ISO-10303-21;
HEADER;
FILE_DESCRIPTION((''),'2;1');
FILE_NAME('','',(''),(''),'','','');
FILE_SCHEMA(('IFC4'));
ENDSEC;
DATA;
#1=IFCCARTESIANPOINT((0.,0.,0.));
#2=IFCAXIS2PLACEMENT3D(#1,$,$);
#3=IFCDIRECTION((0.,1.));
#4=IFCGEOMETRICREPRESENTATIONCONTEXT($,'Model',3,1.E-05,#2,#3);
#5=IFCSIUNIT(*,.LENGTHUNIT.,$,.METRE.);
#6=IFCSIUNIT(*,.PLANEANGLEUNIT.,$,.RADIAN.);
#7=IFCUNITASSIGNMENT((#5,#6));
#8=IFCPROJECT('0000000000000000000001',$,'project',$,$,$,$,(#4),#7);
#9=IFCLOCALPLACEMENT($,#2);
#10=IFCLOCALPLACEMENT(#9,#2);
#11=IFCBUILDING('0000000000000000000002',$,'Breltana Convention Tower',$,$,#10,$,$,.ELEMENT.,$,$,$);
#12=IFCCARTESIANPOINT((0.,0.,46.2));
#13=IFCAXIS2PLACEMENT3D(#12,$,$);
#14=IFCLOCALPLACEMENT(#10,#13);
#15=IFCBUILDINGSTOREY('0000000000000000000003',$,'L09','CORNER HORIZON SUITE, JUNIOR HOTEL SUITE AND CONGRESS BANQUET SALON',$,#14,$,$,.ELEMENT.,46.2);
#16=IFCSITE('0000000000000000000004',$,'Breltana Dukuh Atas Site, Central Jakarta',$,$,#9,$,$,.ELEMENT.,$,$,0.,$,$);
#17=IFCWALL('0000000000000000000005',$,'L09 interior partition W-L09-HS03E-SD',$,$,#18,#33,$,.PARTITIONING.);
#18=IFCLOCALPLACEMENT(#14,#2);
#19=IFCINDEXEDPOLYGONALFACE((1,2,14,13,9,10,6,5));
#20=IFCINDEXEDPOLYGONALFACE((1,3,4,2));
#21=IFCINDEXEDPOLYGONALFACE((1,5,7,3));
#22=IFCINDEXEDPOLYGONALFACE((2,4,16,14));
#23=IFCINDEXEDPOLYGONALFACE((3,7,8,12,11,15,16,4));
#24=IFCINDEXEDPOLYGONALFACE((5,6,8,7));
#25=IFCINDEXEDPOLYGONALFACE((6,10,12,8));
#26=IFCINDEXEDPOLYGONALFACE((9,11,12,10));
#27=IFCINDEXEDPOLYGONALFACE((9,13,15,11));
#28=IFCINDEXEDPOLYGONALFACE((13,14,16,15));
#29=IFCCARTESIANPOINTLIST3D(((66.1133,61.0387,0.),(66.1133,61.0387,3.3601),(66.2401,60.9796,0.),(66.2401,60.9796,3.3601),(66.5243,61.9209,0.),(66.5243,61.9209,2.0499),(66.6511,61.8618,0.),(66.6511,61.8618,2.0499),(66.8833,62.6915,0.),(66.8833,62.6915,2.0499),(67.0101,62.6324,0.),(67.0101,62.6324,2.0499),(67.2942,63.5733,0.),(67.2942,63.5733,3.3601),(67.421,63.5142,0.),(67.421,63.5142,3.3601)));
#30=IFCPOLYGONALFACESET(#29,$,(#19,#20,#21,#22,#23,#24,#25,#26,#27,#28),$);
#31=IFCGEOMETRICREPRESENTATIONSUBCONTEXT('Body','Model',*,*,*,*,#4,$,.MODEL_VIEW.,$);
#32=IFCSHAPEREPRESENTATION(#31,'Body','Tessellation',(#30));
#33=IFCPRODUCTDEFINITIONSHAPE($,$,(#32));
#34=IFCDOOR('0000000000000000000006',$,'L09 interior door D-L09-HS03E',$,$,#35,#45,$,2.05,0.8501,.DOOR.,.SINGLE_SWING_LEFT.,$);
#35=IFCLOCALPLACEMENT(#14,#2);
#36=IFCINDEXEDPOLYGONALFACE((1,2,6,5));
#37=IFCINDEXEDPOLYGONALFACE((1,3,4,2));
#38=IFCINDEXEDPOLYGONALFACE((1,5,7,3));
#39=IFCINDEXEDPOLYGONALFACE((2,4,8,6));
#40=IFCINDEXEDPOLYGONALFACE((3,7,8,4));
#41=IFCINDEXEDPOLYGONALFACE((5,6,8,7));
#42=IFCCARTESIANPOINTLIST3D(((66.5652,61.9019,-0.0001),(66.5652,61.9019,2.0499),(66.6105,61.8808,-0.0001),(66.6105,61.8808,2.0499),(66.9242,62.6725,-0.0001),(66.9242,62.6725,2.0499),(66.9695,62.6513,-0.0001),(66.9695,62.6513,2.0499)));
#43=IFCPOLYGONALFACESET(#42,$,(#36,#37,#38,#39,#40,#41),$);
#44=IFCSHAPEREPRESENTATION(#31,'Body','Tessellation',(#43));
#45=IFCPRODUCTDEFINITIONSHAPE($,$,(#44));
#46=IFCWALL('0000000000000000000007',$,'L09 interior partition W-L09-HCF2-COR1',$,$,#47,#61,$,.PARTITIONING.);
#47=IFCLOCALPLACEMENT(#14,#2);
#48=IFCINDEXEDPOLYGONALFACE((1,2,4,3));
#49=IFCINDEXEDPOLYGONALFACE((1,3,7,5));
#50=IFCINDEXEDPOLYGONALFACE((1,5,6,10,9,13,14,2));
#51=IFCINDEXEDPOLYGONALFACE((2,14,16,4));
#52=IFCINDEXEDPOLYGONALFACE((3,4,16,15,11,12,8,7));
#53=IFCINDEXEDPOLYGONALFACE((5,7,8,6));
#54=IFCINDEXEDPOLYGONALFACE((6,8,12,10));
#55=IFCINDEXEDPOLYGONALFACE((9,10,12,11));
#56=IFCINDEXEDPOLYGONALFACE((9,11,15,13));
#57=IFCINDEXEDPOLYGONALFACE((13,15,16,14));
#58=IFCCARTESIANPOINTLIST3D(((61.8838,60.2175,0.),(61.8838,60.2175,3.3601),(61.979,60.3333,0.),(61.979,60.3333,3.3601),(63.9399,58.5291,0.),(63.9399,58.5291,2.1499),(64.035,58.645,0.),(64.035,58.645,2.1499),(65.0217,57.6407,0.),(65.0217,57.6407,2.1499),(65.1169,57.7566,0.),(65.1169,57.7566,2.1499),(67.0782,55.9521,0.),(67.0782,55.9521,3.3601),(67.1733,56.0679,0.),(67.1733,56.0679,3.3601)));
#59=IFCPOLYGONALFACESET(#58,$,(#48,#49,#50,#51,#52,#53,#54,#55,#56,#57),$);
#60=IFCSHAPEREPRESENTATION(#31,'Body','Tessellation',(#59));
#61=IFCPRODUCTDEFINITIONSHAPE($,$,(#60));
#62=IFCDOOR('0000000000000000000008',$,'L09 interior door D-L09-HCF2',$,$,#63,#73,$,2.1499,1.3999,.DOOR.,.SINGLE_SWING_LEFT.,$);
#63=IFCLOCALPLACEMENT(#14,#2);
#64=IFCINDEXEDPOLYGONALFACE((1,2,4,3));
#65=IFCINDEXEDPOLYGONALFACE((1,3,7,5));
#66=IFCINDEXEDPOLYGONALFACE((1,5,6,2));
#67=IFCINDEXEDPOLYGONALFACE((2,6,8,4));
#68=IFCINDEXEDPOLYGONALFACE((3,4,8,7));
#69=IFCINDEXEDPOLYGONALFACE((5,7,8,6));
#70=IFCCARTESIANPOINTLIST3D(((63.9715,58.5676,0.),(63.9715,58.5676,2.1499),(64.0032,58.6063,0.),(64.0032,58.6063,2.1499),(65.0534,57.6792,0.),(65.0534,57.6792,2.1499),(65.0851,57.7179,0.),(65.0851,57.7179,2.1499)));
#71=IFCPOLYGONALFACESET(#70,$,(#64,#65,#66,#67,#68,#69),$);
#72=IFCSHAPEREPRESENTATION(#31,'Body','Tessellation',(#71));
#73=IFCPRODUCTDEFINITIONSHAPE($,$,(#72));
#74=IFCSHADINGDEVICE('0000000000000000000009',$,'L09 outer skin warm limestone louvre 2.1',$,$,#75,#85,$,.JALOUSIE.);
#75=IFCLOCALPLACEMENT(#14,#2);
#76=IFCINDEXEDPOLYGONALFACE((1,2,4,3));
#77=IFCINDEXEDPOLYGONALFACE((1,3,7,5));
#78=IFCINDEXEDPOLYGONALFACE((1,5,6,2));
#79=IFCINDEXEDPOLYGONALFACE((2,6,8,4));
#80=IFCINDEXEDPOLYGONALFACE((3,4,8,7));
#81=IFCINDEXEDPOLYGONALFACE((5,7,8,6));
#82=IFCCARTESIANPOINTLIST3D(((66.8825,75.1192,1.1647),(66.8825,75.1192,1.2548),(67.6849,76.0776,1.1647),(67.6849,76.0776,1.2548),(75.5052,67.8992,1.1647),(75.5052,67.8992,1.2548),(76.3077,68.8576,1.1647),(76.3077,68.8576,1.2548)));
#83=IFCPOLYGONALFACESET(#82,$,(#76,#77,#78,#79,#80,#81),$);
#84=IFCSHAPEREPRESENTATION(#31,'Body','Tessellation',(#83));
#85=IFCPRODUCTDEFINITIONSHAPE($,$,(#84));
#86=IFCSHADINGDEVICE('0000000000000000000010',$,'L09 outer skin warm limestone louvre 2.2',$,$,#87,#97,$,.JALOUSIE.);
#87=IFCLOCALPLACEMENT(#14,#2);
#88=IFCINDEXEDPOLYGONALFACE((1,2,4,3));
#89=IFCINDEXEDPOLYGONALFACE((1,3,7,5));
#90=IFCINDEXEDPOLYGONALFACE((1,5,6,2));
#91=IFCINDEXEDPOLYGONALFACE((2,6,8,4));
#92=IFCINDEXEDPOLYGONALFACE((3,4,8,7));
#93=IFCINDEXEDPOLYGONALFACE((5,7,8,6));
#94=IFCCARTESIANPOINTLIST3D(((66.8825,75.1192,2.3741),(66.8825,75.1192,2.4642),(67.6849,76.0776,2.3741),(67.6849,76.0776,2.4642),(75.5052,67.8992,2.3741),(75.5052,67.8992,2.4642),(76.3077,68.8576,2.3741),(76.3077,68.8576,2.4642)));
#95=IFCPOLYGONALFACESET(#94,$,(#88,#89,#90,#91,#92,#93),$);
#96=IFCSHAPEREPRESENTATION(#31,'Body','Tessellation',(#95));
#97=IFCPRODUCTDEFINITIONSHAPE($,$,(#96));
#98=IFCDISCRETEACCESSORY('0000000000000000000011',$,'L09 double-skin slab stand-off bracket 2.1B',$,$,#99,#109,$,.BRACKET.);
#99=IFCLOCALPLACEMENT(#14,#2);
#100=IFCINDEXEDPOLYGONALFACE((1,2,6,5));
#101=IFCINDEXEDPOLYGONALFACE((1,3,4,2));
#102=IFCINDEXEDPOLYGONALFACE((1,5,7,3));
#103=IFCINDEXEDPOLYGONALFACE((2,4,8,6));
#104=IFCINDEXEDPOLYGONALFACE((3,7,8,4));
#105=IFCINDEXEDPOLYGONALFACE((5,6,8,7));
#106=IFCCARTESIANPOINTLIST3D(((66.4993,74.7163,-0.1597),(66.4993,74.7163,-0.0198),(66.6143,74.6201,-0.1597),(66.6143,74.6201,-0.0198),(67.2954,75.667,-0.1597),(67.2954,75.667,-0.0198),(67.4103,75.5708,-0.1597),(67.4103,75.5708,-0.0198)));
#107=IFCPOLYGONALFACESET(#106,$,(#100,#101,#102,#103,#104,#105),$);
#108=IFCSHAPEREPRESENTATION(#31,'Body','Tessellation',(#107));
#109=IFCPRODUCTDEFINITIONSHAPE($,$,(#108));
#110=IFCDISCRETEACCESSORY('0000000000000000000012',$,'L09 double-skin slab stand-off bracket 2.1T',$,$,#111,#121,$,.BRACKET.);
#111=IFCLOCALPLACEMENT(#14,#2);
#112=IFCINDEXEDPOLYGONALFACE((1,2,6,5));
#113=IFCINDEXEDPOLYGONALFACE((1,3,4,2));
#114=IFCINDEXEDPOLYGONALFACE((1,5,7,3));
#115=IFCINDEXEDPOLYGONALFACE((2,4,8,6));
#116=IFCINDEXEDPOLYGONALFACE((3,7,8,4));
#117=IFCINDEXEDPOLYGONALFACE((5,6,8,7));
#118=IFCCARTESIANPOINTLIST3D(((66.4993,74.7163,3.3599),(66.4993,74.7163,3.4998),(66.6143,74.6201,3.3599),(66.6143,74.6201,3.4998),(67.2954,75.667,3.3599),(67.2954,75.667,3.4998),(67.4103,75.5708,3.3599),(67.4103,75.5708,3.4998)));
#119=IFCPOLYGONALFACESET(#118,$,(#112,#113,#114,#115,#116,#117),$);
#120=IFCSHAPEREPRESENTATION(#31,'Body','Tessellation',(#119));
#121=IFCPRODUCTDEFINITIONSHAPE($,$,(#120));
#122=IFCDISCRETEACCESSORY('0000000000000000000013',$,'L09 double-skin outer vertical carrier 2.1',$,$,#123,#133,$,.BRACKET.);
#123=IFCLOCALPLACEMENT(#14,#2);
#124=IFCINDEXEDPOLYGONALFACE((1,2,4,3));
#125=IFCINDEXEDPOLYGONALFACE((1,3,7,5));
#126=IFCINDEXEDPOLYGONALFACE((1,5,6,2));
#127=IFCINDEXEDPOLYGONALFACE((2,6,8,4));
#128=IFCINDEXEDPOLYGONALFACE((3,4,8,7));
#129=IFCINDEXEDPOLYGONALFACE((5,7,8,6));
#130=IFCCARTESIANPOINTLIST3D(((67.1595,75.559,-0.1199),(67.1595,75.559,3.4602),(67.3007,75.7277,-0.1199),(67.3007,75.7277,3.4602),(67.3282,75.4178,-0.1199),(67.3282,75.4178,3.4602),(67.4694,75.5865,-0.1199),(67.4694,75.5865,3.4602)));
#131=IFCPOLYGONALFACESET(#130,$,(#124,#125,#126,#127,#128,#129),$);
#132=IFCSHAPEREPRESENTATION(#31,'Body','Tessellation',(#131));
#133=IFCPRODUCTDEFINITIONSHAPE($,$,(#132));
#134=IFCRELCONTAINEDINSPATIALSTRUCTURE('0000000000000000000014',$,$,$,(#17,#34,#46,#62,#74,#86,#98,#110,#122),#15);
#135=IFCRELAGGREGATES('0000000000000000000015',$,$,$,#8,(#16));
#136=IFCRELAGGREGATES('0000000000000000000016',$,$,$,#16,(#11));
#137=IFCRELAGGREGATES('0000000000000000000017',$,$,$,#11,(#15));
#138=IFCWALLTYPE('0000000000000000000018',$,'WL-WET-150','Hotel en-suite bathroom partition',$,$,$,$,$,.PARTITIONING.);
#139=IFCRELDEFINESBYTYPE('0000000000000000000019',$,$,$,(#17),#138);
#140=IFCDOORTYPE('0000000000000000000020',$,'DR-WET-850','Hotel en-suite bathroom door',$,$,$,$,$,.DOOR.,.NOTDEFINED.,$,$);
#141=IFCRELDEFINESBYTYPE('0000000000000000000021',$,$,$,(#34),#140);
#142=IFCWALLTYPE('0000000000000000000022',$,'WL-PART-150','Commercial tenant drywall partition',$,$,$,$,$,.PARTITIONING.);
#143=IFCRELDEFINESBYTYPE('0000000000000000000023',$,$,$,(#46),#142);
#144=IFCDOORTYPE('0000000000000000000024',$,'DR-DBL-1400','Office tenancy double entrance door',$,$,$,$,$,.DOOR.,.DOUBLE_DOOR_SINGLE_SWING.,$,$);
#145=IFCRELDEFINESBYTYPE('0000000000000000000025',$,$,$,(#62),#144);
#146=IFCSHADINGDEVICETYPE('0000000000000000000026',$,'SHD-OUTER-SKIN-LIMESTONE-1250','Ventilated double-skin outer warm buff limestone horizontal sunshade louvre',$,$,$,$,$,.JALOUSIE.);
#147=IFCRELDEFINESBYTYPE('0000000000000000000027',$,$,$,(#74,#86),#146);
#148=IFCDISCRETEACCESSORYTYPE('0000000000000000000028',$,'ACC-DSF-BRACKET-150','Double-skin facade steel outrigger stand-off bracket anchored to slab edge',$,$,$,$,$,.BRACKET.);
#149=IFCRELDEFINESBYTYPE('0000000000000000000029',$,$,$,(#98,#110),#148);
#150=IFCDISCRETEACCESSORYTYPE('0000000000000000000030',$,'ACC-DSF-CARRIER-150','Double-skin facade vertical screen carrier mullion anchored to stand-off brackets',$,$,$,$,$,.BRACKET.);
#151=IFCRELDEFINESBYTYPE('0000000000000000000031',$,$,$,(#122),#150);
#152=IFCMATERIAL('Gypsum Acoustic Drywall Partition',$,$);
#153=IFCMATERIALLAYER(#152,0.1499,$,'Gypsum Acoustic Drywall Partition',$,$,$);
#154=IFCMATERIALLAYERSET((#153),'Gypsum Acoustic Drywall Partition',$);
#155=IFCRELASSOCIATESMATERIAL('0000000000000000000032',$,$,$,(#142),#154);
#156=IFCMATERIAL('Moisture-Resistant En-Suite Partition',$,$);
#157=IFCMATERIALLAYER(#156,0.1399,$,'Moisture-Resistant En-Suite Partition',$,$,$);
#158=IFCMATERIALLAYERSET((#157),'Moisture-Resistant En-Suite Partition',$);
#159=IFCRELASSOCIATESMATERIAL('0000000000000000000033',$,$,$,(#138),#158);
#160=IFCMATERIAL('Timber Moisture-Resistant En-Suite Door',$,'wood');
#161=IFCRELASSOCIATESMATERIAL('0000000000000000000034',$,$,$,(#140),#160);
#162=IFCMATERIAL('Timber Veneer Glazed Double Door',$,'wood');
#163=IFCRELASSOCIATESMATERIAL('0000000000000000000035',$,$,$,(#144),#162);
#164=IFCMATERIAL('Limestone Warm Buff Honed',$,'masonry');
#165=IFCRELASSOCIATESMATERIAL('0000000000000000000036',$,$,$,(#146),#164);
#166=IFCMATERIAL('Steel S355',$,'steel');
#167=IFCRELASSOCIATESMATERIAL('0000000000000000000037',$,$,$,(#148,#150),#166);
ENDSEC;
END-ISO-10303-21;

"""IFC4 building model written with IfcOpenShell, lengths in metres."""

from ifc_helpers import new_model, si_unit, direction, frame, frame_2d, origin, origin_2d, place, context, subcontext, project, spatial, rectangle, extrude, source, transform, mapped, material, layer, layer_set, material_profile, profile_set, type_object, type_shapes, element, fill, save


model = new_model("IFC4")

# Units and contexts
model_context = context("Model", 3, precision=1e-05, world=origin(), true_north=direction((0.0, 1.0)))
body_context = subcontext(model_context, "Body", "Model", "MODEL_VIEW")
ifc_project = project(units=[si_unit("LENGTHUNIT", "METRE"), si_unit("PLANEANGLEUNIT", "RADIAN")], contexts=[model_context])

# Site, building, storey
site_placement = place(None, origin())
site = spatial("IfcSite", under=ifc_project, at=site_placement, Name="Breltana Dukuh Atas Site, Central Jakarta", CompositionType="ELEMENT", RefElevation=0.0)
building_placement = place(site_placement, origin())
building = spatial("IfcBuilding", under=site, at=building_placement, Name="Breltana Convention Tower", CompositionType="ELEMENT")
storey_placement = place(building_placement, frame((0.0, 0.0, 46.2)))
storey = spatial("IfcBuildingStorey", under=building, at=storey_placement, Name="L09", Description="CORNER HORIZON SUITE, JUNIOR HOTEL SUITE AND CONGRESS BANQUET SALON", CompositionType="ELEMENT", Elevation=46.2)

# Shared definitions
ifc_material_1 = material(Name="Gypsum Acoustic Drywall Partition")
ifc_layer_1 = layer(ifc_material_1, 0.1499, Name="Gypsum Acoustic Drywall Partition")
ifc_layer_set_1 = layer_set([ifc_layer_1], Name="Gypsum Acoustic Drywall Partition")
wall_type_1 = type_object("IfcWallType", Name="WL-PART-150", Description="Commercial tenant drywall partition", PredefinedType="PARTITIONING", material=ifc_layer_set_1)

# Shared definitions
ifc_material_2 = material(Name="Moisture-Resistant En-Suite Partition")
ifc_layer_2 = layer(ifc_material_2, 0.1399, Name="Moisture-Resistant En-Suite Partition")
ifc_layer_set_2 = layer_set([ifc_layer_2], Name="Moisture-Resistant En-Suite Partition")
wall_type_2 = type_object("IfcWallType", Name="WL-WET-150", Description="Hotel en-suite bathroom partition", PredefinedType="PARTITIONING", material=ifc_layer_set_2)

# Walls, openings, doors
shared_shape_1 = source(origin(), body_context, "Body", "SweptSolid", [
    extrude(rectangle(XDim=2.7961, YDim=0.1399, at=frame_2d((1.3979, 0.0))), origin(), (0.0, 0.0, 1.0), 3.3601),
])
wall_1_placement = place(storey_placement, frame((66.1768, 61.0093, 0.0), z_axis=(0.0, 0.0, 1.0), x_axis=(0.422317, 0.906448, 0.0)))
wall_1 = element("IfcWall", 1, at=wall_1_placement, inside=storey, type_object=wall_type_2, Name="L09 interior partition W-L09-HS03E-SD", PredefinedType="PARTITIONING", context=body_context, shape_type="MappedRepresentation", body=[
    mapped(shared_shape_1, transform((0.0, 0.0, 0.0), scale=1.0)),
])
opening_1_placement = place(wall_1_placement, frame((0.9731, 0.0, 0.0)))
opening_1 = element("IfcOpeningElement", 2, at=opening_1_placement, cuts=wall_1, PredefinedType="OPENING", context=body_context, shape_type="SweptSolid", body=[
    extrude(rectangle(XDim=0.8501, YDim=2.05, at=frame_2d((0.425, 1.0249))), frame((0.0, 0.0801, 0.0), z_axis=(0.0, -1.0, 0.0), x_axis=(1.0, 0.0, 0.0)), (0.0, 0.0, 1.0), 0.1599),
])
ifc_material_3 = material(Name="Timber Moisture-Resistant En-Suite Door", Category="wood")
door_type_1 = type_object("IfcDoorType", Name="DR-WET-850", Description="Hotel en-suite bathroom door", OperationType="NOTDEFINED", PredefinedType="DOOR", material=ifc_material_3)
shared_shape_2 = source(origin(), body_context, "Body", "SweptSolid", [
    extrude(rectangle(XDim=0.8501, YDim=2.05, at=frame_2d((0.425, 1.0249))), frame((0.0, 0.0249, 0.0), z_axis=(0.0, -1.0, 0.0), x_axis=(1.0, 0.0, 0.0)), (0.0, 0.0, 1.0), 0.05),
])
type_shapes(door_type_1, [shared_shape_2])
door_1_placement = place(opening_1_placement, origin())
door_1 = element("IfcDoor", 3, at=door_1_placement, inside=storey, type_object=door_type_1, Name="L09 interior door D-L09-HS03E", OperationType="SINGLE_SWING_LEFT", OverallHeight=2.05, OverallWidth=0.8501, PredefinedType="DOOR", context=body_context, shape_type="MappedRepresentation", body=[
    mapped(shared_shape_2, transform((0.0, 0.0, 0.0), scale=1.0)),
])
fill(opening_1, door_1)
shared_shape_3 = source(origin(), body_context, "Body", "SweptSolid", [
    extrude(rectangle(XDim=6.7212, YDim=0.1499, at=frame_2d((3.3606, 0.0))), origin(), (0.0, 0.0, 1.0), 3.3601),
])
wall_2_placement = place(storey_placement, frame((61.9314, 60.2754, 0.0), z_axis=(0.0, 0.0, 1.0), x_axis=(0.772828, -0.634615, 0.0)))
wall_2 = element("IfcWall", 4, at=wall_2_placement, inside=storey, type_object=wall_type_1, Name="L09 interior partition W-L09-HCF2-COR1", PredefinedType="PARTITIONING", context=body_context, shape_type="MappedRepresentation", body=[
    mapped(shared_shape_3, transform((0.0, 0.0, 0.0), scale=1.0)),
])
opening_2_placement = place(wall_2_placement, frame((2.6604, 0.0, 0.0)))
opening_2 = element("IfcOpeningElement", 5, at=opening_2_placement, cuts=wall_2, PredefinedType="OPENING", context=body_context, shape_type="SweptSolid", body=[
    extrude(rectangle(XDim=1.3999, YDim=2.1499, at=frame_2d((0.7, 1.075))), frame((0.0, 0.085, 0.0), z_axis=(0.0, -1.0, 0.0), x_axis=(1.0, 0.0, 0.0)), (0.0, 0.0, 1.0), 0.1699),
])
ifc_material_4 = material(Name="Timber Veneer Glazed Double Door", Category="wood")
door_type_2 = type_object("IfcDoorType", Name="DR-DBL-1400", Description="Office tenancy double entrance door", OperationType="DOUBLE_DOOR_SINGLE_SWING", PredefinedType="DOOR", material=ifc_material_4)
shared_shape_4 = source(origin(), body_context, "Body", "SweptSolid", [
    extrude(rectangle(XDim=1.3999, YDim=2.1499, at=frame_2d((0.7, 1.075))), frame((0.0, 0.0249, 0.0), z_axis=(0.0, -1.0, 0.0), x_axis=(1.0, 0.0, 0.0)), (0.0, 0.0, 1.0), 0.05),
])
type_shapes(door_type_2, [shared_shape_4])
door_2_placement = place(opening_2_placement, origin())
door_2 = element("IfcDoor", 6, at=door_2_placement, inside=storey, type_object=door_type_2, Name="L09 interior door D-L09-HCF2", OperationType="SINGLE_SWING_LEFT", OverallHeight=2.1499, OverallWidth=1.3999, PredefinedType="DOOR", context=body_context, shape_type="MappedRepresentation", body=[
    mapped(shared_shape_4, transform((0.0, 0.0, 0.0), scale=1.0)),
])
fill(opening_2, door_2)

# Shading devices
ifc_material_5 = material(Name="Limestone Warm Buff Honed", Category="masonry")
ifc_material_profile_1 = material_profile(ifc_material_5, rectangle(XDim=1.25, YDim=0.0901, at=origin_2d()), Name="STN-LVR-1250X90")
ifc_profile_set_1 = profile_set([ifc_material_profile_1], Name="Limestone Warm Buff Honed")
shading_device_type = type_object("IfcShadingDeviceType", Name="SHD-OUTER-SKIN-LIMESTONE-1250", Description="Ventilated double-skin outer warm buff limestone horizontal sunshade louvre", PredefinedType="JALOUSIE", material=ifc_profile_set_1)
shared_shape_5 = source(origin(), body_context, "Body", "SweptSolid", [
    extrude(rectangle(XDim=1.25, YDim=0.0901, at=origin_2d()), origin(), (0.0, 0.0, 1.0), 11.2463),
])
for number, where, z_axis, x_axis, name in (
    (7, (67.2837, 75.5984, 1.2097), (0.766719, -0.641983, 0.0), (0.641983, 0.766719, 0.0), "L09 outer skin warm limestone louvre 2.1"),
    (8, (67.2837, 75.5984, 2.4192), (0.766719, -0.641983, 0.0), (0.641983, 0.766719, 0.0), "L09 outer skin warm limestone louvre 2.2"),
):
    element("IfcShadingDevice", number, at=place(storey_placement, frame(where, z_axis=z_axis, x_axis=x_axis)), inside=storey, type_object=shading_device_type, Name=name, PredefinedType="JALOUSIE", context=body_context, shape_type="MappedRepresentation", body=[
        mapped(shared_shape_5, transform((0.0, 0.0, 0.0), scale=1.0)),
    ])

# Discrete accessories
ifc_material_6 = material(Name="Steel S355", Category="steel")
discrete_accessory_type_1 = type_object("IfcDiscreteAccessoryType", Name="ACC-DSF-BRACKET-150", Description="Double-skin facade steel outrigger stand-off bracket anchored to slab edge", PredefinedType="BRACKET", material=ifc_material_6)
shared_shape_6 = source(origin(), body_context, "Body", "SweptSolid", [
    extrude(rectangle(XDim=1.24, YDim=0.1499, at=origin_2d()), origin(), (0.0, 0.0, 1.0), 0.1399),
])
type_shapes(discrete_accessory_type_1, [shared_shape_6])
for number, where, z_axis, x_axis, name in (
    (9, (66.9548, 75.1436, -0.1597), (0.0, 0.0, 1.0), (0.64199, 0.766713, 0.0), "L09 double-skin slab stand-off bracket 2.1B"),
    (10, (66.9548, 75.1436, 3.3599), (0.0, 0.0, 1.0), (0.64199, 0.766713, 0.0), "L09 double-skin slab stand-off bracket 2.1T"),
):
    element("IfcDiscreteAccessory", number, at=place(storey_placement, frame(where, z_axis=z_axis, x_axis=x_axis)), inside=storey, type_object=discrete_accessory_type_1, Name=name, PredefinedType="BRACKET", context=body_context, shape_type="MappedRepresentation", body=[
        mapped(shared_shape_6, transform((0.0, 0.0, 0.0), scale=1.0)),
    ])
discrete_accessory_type_2 = type_object("IfcDiscreteAccessoryType", Name="ACC-DSF-CARRIER-150", Description="Double-skin facade vertical screen carrier mullion anchored to stand-off brackets", PredefinedType="BRACKET", material=ifc_material_6)
shared_shape_7 = source(origin(), body_context, "Body", "SweptSolid", [
    extrude(rectangle(XDim=0.22, YDim=0.22, at=origin_2d()), origin(), (0.0, 0.0, 1.0), 3.5801),
])
discrete_accessory_placement = place(storey_placement, frame((67.3145, 75.5728, -0.1199), z_axis=(0.0, 0.0, 1.0), x_axis=(0.64199, 0.766713, 0.0)))
element("IfcDiscreteAccessory", 11, at=discrete_accessory_placement, inside=storey, type_object=discrete_accessory_type_2, Name="L09 double-skin outer vertical carrier 2.1", PredefinedType="BRACKET", context=body_context, shape_type="MappedRepresentation", body=[
    mapped(shared_shape_7, transform((0.0, 0.0, 0.0), scale=1.0)),
])

save(model, "model.ifc")
